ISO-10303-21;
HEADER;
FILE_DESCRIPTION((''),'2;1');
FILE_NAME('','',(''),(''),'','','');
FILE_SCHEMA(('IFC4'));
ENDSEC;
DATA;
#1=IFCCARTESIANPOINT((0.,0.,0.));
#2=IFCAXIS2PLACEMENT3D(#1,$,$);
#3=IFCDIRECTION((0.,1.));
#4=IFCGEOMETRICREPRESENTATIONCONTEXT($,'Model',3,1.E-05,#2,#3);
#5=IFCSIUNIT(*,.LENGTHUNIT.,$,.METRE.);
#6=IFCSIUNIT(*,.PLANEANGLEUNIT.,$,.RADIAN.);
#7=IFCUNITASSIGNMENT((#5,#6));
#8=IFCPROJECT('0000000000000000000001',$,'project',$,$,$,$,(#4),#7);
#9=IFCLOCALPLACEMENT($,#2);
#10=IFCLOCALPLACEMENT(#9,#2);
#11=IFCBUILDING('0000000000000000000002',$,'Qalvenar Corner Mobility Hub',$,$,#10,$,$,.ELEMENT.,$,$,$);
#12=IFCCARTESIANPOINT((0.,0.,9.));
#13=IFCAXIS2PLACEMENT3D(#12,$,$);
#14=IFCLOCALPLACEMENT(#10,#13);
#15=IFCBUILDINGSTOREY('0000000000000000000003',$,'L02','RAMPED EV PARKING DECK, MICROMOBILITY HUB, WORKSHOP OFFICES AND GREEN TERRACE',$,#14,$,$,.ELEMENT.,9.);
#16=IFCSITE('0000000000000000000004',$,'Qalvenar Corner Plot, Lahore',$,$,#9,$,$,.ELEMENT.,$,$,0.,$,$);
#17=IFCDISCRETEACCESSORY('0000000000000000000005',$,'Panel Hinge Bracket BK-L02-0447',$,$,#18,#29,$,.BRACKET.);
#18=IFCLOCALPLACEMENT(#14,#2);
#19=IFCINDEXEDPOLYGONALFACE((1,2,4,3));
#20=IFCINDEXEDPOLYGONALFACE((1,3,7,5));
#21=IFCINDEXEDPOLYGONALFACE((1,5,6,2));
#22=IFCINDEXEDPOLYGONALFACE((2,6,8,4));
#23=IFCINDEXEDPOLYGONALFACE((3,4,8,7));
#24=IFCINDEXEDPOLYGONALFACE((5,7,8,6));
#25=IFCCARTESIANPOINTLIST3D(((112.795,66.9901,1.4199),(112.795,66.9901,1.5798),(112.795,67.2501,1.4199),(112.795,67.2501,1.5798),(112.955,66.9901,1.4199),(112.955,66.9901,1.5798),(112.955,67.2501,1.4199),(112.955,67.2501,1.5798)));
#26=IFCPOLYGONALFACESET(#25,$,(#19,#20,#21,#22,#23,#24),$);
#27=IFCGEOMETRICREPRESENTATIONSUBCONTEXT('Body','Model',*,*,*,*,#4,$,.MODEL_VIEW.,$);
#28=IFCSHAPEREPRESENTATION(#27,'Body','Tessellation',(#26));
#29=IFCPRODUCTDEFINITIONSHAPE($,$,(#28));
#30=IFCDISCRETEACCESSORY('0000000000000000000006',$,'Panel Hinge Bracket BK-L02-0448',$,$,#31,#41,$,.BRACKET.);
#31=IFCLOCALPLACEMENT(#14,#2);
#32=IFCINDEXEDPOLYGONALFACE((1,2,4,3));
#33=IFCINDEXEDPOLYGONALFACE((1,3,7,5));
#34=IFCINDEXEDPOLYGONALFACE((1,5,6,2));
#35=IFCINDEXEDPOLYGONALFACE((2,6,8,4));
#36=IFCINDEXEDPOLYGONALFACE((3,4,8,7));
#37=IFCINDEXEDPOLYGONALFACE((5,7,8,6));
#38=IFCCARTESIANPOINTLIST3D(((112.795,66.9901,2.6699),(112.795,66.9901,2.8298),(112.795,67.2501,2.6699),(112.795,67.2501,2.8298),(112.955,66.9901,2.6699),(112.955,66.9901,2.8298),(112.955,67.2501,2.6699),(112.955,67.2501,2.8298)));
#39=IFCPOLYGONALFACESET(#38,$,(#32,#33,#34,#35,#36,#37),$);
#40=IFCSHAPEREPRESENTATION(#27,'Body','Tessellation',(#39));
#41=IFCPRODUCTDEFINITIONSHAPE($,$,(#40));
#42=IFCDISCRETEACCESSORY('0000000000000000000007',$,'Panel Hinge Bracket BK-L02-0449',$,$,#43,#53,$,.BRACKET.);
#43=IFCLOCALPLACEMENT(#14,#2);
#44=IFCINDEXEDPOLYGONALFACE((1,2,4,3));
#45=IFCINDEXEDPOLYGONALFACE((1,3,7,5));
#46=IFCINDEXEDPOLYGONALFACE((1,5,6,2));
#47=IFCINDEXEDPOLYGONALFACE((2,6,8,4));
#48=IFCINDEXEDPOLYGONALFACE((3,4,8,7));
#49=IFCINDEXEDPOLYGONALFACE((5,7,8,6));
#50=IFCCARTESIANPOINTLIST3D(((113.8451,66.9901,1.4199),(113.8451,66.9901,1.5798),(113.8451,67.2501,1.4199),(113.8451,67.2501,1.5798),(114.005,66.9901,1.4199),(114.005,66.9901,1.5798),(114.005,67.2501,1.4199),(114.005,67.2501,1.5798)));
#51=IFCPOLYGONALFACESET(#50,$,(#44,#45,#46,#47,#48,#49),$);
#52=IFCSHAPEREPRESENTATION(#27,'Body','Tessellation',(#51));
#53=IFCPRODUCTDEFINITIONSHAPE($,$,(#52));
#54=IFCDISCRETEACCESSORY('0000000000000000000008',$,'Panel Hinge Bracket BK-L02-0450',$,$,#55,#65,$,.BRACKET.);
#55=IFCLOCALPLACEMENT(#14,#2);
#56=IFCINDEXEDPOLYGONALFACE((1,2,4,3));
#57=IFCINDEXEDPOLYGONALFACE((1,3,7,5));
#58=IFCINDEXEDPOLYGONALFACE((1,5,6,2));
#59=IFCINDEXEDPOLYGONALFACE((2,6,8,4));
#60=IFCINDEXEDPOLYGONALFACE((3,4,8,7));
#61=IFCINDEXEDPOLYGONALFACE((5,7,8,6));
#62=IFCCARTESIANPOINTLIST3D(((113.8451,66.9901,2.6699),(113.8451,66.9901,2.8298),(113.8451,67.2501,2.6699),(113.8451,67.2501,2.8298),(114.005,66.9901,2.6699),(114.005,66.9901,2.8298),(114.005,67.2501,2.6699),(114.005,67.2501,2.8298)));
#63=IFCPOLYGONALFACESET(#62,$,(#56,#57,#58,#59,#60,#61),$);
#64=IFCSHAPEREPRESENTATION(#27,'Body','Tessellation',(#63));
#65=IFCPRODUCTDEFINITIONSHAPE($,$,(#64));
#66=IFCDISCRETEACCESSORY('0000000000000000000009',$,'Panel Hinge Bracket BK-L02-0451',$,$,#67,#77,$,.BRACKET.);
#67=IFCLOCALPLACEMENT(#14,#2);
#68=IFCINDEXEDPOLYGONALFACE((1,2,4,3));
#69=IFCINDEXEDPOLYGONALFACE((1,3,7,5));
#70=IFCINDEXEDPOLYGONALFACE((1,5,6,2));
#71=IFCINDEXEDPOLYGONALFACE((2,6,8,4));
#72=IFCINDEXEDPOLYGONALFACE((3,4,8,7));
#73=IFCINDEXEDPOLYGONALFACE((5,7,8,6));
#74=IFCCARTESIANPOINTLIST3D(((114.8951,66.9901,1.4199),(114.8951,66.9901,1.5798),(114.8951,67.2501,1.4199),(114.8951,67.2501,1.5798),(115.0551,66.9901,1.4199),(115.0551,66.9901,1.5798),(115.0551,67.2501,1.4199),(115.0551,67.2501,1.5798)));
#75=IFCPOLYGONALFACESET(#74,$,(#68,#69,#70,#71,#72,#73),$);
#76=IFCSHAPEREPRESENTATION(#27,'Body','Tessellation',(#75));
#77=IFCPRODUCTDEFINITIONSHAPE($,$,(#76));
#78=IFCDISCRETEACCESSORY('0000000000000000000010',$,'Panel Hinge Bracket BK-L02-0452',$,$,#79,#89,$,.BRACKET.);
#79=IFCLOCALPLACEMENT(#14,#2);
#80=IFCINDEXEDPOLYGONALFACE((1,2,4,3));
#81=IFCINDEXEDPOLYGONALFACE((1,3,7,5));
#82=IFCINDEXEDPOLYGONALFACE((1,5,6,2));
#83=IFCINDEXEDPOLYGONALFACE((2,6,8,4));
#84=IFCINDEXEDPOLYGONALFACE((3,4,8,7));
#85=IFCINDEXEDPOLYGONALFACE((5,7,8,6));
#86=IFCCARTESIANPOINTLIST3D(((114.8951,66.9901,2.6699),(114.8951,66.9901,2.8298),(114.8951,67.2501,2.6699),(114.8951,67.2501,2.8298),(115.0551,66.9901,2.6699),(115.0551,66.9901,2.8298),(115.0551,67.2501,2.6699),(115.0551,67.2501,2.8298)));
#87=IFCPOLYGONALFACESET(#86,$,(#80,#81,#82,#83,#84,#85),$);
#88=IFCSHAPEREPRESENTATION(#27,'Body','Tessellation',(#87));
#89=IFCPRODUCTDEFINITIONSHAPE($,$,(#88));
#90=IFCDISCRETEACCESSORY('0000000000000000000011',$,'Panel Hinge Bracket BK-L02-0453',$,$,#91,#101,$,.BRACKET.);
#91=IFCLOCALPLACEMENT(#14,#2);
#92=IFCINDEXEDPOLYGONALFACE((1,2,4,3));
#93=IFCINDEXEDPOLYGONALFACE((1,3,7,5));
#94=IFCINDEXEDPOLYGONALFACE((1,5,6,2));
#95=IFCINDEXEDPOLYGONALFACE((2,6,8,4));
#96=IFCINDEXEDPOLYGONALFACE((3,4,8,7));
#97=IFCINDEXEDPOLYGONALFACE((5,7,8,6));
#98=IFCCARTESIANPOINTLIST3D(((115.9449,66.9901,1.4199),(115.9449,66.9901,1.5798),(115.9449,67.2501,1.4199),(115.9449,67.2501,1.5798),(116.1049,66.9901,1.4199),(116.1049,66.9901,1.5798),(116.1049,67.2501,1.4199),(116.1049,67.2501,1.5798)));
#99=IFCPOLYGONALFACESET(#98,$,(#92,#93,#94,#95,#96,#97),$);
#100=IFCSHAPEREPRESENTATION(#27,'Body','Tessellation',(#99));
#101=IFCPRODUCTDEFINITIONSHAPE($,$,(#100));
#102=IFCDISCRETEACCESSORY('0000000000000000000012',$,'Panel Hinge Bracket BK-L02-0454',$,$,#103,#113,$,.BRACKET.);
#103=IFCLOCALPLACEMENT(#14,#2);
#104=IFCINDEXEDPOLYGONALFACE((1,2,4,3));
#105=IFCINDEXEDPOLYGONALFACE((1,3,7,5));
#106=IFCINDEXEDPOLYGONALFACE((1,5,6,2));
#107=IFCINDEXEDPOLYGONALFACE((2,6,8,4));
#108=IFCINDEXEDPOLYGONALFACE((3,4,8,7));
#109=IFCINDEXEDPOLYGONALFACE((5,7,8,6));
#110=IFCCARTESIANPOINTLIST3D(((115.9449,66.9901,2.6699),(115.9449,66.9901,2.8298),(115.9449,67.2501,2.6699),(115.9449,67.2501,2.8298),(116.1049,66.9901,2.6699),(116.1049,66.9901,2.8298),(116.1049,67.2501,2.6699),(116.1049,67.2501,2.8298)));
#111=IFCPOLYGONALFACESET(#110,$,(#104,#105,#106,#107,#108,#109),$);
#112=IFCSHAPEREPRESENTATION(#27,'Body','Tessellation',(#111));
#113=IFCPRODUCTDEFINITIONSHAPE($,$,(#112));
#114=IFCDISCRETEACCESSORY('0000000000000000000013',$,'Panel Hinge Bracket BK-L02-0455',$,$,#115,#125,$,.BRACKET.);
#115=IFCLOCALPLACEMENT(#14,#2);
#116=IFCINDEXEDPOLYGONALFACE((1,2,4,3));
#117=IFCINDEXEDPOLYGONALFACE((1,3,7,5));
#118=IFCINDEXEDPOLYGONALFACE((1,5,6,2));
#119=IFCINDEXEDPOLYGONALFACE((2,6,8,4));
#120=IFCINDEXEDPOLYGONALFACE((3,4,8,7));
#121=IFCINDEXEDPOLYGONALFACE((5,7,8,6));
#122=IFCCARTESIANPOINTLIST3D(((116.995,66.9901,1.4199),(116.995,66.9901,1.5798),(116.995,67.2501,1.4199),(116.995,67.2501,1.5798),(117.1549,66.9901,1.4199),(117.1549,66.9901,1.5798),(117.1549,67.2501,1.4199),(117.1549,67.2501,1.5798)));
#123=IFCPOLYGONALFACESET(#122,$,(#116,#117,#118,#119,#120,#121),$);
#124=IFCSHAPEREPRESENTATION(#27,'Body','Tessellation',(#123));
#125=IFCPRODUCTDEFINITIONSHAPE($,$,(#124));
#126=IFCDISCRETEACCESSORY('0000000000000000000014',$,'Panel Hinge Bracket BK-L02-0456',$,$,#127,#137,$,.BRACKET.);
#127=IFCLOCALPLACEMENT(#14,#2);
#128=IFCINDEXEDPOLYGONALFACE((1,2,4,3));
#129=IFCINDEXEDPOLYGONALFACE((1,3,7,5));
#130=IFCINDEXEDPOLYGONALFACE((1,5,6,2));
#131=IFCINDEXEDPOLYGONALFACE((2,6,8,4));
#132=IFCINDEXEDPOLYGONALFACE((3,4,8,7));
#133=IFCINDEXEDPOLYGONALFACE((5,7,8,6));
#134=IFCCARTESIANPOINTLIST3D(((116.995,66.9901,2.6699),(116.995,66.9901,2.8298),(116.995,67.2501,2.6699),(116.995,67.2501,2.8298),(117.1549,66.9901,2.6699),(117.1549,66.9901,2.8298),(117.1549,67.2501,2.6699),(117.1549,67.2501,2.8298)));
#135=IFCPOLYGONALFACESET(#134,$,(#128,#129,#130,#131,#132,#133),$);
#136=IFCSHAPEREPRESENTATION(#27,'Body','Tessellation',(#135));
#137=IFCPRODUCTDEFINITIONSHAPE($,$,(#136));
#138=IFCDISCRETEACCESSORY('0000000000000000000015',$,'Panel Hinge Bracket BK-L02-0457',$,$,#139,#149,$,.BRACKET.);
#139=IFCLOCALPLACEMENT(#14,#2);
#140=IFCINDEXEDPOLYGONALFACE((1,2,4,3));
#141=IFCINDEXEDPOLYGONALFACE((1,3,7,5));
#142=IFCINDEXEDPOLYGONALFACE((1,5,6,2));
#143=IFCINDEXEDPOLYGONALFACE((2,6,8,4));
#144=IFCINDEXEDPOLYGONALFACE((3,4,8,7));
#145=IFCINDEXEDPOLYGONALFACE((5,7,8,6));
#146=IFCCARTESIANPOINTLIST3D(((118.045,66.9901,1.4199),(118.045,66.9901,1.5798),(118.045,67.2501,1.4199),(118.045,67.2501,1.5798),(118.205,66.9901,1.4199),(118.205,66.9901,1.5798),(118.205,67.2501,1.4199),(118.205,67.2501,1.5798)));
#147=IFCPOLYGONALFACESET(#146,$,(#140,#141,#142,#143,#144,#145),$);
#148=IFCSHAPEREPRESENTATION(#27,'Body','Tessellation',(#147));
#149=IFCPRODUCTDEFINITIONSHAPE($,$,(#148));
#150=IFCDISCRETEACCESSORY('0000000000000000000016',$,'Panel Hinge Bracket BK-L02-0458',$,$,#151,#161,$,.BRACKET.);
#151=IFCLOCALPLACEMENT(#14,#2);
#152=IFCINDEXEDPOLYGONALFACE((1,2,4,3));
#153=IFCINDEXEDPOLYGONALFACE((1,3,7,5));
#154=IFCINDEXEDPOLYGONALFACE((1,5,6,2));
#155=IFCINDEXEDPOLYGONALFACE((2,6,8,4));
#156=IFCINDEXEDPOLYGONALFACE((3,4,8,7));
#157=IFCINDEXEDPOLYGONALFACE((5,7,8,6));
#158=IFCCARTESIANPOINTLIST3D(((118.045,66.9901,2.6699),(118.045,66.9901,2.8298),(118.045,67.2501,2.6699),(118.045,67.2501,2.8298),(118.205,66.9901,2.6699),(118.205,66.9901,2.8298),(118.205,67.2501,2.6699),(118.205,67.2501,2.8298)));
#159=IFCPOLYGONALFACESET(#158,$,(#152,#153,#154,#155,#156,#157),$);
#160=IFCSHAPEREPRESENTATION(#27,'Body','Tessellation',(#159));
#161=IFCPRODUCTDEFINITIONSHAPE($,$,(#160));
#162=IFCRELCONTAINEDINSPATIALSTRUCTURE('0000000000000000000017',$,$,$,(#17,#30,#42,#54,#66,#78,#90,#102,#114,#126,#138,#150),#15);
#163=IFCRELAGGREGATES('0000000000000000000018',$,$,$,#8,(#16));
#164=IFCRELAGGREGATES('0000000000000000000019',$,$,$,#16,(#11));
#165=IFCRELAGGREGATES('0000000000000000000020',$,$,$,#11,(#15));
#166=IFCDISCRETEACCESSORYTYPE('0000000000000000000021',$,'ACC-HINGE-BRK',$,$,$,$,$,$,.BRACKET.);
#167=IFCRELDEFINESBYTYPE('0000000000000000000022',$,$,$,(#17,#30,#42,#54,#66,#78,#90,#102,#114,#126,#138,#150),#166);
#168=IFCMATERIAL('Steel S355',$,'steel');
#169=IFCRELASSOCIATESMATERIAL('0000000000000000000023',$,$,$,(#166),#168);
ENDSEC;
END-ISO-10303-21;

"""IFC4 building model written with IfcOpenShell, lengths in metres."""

from ifc_helpers import new_model, si_unit, direction, frame, origin, origin_2d, place, context, subcontext, project, spatial, rectangle, extrude, material, type_object, element, save


model = new_model("IFC4")

# Units and contexts
model_context = context("Model", 3, precision=1e-05, world=origin(), true_north=direction((0.0, 1.0)))
body_context = subcontext(model_context, "Body", "Model", "MODEL_VIEW")
ifc_project = project(units=[si_unit("LENGTHUNIT", "METRE"), si_unit("PLANEANGLEUNIT", "RADIAN")], contexts=[model_context])

# Site, building, storey
site_placement = place(None, origin())
site = spatial("IfcSite", under=ifc_project, at=site_placement, Name="Qalvenar Corner Plot, Lahore", CompositionType="ELEMENT", RefElevation=0.0)
building_placement = place(site_placement, origin())
building = spatial("IfcBuilding", under=site, at=building_placement, Name="Qalvenar Corner Mobility Hub", CompositionType="ELEMENT")
storey_placement = place(building_placement, frame((0.0, 0.0, 9.0)))
storey = spatial("IfcBuildingStorey", under=building, at=storey_placement, Name="L02", Description="RAMPED EV PARKING DECK, MICROMOBILITY HUB, WORKSHOP OFFICES AND GREEN TERRACE", CompositionType="ELEMENT", Elevation=9.0)

# Discrete accessories
ifc_material = material(Name="Steel S355", Category="steel")
discrete_accessory_type = type_object("IfcDiscreteAccessoryType", Name="ACC-HINGE-BRK", PredefinedType="BRACKET", material=ifc_material)
for number, where, z_axis, x_axis, name in (
    (1, (112.875, 67.1201, 1.4199), (0.0, 0.0, 1.0), (1.0, 0.0, 0.0), "Panel Hinge Bracket BK-L02-0447"),
    (2, (112.875, 67.1201, 2.6699), (0.0, 0.0, 1.0), (1.0, 0.0, 0.0), "Panel Hinge Bracket BK-L02-0448"),
    (3, (113.925, 67.1201, 1.4199), (0.0, 0.0, 1.0), (1.0, 0.0, 0.0), "Panel Hinge Bracket BK-L02-0449"),
    (4, (113.925, 67.1201, 2.6699), (0.0, 0.0, 1.0), (1.0, 0.0, 0.0), "Panel Hinge Bracket BK-L02-0450"),
    (5, (114.9751, 67.1201, 1.4199), (0.0, 0.0, 1.0), (1.0, 0.0, 0.0), "Panel Hinge Bracket BK-L02-0451"),
    (6, (114.9751, 67.1201, 2.6699), (0.0, 0.0, 1.0), (1.0, 0.0, 0.0), "Panel Hinge Bracket BK-L02-0452"),
    (7, (116.0249, 67.1201, 1.4199), (0.0, 0.0, 1.0), (1.0, 0.0, 0.0), "Panel Hinge Bracket BK-L02-0453"),
    (8, (116.0249, 67.1201, 2.6699), (0.0, 0.0, 1.0), (1.0, 0.0, 0.0), "Panel Hinge Bracket BK-L02-0454"),
    (9, (117.075, 67.1201, 1.4199), (0.0, 0.0, 1.0), (1.0, 0.0, 0.0), "Panel Hinge Bracket BK-L02-0455"),
    (10, (117.075, 67.1201, 2.6699), (0.0, 0.0, 1.0), (1.0, 0.0, 0.0), "Panel Hinge Bracket BK-L02-0456"),
    (11, (118.125, 67.1201, 1.4199), (0.0, 0.0, 1.0), (1.0, 0.0, 0.0), "Panel Hinge Bracket BK-L02-0457"),
    (12, (118.125, 67.1201, 2.6699), (0.0, 0.0, 1.0), (1.0, 0.0, 0.0), "Panel Hinge Bracket BK-L02-0458"),
):
    element("IfcDiscreteAccessory", number, at=place(storey_placement, frame(where, z_axis=z_axis, x_axis=x_axis)), inside=storey, type_object=discrete_accessory_type, Name=name, PredefinedType="BRACKET", context=body_context, shape_type="SweptSolid", body=[
        extrude(rectangle(XDim=0.1599, YDim=0.26, at=origin_2d()), origin(), (0.0, 0.0, 1.0), 0.1599),
    ])

save(model, "model.ifc")
